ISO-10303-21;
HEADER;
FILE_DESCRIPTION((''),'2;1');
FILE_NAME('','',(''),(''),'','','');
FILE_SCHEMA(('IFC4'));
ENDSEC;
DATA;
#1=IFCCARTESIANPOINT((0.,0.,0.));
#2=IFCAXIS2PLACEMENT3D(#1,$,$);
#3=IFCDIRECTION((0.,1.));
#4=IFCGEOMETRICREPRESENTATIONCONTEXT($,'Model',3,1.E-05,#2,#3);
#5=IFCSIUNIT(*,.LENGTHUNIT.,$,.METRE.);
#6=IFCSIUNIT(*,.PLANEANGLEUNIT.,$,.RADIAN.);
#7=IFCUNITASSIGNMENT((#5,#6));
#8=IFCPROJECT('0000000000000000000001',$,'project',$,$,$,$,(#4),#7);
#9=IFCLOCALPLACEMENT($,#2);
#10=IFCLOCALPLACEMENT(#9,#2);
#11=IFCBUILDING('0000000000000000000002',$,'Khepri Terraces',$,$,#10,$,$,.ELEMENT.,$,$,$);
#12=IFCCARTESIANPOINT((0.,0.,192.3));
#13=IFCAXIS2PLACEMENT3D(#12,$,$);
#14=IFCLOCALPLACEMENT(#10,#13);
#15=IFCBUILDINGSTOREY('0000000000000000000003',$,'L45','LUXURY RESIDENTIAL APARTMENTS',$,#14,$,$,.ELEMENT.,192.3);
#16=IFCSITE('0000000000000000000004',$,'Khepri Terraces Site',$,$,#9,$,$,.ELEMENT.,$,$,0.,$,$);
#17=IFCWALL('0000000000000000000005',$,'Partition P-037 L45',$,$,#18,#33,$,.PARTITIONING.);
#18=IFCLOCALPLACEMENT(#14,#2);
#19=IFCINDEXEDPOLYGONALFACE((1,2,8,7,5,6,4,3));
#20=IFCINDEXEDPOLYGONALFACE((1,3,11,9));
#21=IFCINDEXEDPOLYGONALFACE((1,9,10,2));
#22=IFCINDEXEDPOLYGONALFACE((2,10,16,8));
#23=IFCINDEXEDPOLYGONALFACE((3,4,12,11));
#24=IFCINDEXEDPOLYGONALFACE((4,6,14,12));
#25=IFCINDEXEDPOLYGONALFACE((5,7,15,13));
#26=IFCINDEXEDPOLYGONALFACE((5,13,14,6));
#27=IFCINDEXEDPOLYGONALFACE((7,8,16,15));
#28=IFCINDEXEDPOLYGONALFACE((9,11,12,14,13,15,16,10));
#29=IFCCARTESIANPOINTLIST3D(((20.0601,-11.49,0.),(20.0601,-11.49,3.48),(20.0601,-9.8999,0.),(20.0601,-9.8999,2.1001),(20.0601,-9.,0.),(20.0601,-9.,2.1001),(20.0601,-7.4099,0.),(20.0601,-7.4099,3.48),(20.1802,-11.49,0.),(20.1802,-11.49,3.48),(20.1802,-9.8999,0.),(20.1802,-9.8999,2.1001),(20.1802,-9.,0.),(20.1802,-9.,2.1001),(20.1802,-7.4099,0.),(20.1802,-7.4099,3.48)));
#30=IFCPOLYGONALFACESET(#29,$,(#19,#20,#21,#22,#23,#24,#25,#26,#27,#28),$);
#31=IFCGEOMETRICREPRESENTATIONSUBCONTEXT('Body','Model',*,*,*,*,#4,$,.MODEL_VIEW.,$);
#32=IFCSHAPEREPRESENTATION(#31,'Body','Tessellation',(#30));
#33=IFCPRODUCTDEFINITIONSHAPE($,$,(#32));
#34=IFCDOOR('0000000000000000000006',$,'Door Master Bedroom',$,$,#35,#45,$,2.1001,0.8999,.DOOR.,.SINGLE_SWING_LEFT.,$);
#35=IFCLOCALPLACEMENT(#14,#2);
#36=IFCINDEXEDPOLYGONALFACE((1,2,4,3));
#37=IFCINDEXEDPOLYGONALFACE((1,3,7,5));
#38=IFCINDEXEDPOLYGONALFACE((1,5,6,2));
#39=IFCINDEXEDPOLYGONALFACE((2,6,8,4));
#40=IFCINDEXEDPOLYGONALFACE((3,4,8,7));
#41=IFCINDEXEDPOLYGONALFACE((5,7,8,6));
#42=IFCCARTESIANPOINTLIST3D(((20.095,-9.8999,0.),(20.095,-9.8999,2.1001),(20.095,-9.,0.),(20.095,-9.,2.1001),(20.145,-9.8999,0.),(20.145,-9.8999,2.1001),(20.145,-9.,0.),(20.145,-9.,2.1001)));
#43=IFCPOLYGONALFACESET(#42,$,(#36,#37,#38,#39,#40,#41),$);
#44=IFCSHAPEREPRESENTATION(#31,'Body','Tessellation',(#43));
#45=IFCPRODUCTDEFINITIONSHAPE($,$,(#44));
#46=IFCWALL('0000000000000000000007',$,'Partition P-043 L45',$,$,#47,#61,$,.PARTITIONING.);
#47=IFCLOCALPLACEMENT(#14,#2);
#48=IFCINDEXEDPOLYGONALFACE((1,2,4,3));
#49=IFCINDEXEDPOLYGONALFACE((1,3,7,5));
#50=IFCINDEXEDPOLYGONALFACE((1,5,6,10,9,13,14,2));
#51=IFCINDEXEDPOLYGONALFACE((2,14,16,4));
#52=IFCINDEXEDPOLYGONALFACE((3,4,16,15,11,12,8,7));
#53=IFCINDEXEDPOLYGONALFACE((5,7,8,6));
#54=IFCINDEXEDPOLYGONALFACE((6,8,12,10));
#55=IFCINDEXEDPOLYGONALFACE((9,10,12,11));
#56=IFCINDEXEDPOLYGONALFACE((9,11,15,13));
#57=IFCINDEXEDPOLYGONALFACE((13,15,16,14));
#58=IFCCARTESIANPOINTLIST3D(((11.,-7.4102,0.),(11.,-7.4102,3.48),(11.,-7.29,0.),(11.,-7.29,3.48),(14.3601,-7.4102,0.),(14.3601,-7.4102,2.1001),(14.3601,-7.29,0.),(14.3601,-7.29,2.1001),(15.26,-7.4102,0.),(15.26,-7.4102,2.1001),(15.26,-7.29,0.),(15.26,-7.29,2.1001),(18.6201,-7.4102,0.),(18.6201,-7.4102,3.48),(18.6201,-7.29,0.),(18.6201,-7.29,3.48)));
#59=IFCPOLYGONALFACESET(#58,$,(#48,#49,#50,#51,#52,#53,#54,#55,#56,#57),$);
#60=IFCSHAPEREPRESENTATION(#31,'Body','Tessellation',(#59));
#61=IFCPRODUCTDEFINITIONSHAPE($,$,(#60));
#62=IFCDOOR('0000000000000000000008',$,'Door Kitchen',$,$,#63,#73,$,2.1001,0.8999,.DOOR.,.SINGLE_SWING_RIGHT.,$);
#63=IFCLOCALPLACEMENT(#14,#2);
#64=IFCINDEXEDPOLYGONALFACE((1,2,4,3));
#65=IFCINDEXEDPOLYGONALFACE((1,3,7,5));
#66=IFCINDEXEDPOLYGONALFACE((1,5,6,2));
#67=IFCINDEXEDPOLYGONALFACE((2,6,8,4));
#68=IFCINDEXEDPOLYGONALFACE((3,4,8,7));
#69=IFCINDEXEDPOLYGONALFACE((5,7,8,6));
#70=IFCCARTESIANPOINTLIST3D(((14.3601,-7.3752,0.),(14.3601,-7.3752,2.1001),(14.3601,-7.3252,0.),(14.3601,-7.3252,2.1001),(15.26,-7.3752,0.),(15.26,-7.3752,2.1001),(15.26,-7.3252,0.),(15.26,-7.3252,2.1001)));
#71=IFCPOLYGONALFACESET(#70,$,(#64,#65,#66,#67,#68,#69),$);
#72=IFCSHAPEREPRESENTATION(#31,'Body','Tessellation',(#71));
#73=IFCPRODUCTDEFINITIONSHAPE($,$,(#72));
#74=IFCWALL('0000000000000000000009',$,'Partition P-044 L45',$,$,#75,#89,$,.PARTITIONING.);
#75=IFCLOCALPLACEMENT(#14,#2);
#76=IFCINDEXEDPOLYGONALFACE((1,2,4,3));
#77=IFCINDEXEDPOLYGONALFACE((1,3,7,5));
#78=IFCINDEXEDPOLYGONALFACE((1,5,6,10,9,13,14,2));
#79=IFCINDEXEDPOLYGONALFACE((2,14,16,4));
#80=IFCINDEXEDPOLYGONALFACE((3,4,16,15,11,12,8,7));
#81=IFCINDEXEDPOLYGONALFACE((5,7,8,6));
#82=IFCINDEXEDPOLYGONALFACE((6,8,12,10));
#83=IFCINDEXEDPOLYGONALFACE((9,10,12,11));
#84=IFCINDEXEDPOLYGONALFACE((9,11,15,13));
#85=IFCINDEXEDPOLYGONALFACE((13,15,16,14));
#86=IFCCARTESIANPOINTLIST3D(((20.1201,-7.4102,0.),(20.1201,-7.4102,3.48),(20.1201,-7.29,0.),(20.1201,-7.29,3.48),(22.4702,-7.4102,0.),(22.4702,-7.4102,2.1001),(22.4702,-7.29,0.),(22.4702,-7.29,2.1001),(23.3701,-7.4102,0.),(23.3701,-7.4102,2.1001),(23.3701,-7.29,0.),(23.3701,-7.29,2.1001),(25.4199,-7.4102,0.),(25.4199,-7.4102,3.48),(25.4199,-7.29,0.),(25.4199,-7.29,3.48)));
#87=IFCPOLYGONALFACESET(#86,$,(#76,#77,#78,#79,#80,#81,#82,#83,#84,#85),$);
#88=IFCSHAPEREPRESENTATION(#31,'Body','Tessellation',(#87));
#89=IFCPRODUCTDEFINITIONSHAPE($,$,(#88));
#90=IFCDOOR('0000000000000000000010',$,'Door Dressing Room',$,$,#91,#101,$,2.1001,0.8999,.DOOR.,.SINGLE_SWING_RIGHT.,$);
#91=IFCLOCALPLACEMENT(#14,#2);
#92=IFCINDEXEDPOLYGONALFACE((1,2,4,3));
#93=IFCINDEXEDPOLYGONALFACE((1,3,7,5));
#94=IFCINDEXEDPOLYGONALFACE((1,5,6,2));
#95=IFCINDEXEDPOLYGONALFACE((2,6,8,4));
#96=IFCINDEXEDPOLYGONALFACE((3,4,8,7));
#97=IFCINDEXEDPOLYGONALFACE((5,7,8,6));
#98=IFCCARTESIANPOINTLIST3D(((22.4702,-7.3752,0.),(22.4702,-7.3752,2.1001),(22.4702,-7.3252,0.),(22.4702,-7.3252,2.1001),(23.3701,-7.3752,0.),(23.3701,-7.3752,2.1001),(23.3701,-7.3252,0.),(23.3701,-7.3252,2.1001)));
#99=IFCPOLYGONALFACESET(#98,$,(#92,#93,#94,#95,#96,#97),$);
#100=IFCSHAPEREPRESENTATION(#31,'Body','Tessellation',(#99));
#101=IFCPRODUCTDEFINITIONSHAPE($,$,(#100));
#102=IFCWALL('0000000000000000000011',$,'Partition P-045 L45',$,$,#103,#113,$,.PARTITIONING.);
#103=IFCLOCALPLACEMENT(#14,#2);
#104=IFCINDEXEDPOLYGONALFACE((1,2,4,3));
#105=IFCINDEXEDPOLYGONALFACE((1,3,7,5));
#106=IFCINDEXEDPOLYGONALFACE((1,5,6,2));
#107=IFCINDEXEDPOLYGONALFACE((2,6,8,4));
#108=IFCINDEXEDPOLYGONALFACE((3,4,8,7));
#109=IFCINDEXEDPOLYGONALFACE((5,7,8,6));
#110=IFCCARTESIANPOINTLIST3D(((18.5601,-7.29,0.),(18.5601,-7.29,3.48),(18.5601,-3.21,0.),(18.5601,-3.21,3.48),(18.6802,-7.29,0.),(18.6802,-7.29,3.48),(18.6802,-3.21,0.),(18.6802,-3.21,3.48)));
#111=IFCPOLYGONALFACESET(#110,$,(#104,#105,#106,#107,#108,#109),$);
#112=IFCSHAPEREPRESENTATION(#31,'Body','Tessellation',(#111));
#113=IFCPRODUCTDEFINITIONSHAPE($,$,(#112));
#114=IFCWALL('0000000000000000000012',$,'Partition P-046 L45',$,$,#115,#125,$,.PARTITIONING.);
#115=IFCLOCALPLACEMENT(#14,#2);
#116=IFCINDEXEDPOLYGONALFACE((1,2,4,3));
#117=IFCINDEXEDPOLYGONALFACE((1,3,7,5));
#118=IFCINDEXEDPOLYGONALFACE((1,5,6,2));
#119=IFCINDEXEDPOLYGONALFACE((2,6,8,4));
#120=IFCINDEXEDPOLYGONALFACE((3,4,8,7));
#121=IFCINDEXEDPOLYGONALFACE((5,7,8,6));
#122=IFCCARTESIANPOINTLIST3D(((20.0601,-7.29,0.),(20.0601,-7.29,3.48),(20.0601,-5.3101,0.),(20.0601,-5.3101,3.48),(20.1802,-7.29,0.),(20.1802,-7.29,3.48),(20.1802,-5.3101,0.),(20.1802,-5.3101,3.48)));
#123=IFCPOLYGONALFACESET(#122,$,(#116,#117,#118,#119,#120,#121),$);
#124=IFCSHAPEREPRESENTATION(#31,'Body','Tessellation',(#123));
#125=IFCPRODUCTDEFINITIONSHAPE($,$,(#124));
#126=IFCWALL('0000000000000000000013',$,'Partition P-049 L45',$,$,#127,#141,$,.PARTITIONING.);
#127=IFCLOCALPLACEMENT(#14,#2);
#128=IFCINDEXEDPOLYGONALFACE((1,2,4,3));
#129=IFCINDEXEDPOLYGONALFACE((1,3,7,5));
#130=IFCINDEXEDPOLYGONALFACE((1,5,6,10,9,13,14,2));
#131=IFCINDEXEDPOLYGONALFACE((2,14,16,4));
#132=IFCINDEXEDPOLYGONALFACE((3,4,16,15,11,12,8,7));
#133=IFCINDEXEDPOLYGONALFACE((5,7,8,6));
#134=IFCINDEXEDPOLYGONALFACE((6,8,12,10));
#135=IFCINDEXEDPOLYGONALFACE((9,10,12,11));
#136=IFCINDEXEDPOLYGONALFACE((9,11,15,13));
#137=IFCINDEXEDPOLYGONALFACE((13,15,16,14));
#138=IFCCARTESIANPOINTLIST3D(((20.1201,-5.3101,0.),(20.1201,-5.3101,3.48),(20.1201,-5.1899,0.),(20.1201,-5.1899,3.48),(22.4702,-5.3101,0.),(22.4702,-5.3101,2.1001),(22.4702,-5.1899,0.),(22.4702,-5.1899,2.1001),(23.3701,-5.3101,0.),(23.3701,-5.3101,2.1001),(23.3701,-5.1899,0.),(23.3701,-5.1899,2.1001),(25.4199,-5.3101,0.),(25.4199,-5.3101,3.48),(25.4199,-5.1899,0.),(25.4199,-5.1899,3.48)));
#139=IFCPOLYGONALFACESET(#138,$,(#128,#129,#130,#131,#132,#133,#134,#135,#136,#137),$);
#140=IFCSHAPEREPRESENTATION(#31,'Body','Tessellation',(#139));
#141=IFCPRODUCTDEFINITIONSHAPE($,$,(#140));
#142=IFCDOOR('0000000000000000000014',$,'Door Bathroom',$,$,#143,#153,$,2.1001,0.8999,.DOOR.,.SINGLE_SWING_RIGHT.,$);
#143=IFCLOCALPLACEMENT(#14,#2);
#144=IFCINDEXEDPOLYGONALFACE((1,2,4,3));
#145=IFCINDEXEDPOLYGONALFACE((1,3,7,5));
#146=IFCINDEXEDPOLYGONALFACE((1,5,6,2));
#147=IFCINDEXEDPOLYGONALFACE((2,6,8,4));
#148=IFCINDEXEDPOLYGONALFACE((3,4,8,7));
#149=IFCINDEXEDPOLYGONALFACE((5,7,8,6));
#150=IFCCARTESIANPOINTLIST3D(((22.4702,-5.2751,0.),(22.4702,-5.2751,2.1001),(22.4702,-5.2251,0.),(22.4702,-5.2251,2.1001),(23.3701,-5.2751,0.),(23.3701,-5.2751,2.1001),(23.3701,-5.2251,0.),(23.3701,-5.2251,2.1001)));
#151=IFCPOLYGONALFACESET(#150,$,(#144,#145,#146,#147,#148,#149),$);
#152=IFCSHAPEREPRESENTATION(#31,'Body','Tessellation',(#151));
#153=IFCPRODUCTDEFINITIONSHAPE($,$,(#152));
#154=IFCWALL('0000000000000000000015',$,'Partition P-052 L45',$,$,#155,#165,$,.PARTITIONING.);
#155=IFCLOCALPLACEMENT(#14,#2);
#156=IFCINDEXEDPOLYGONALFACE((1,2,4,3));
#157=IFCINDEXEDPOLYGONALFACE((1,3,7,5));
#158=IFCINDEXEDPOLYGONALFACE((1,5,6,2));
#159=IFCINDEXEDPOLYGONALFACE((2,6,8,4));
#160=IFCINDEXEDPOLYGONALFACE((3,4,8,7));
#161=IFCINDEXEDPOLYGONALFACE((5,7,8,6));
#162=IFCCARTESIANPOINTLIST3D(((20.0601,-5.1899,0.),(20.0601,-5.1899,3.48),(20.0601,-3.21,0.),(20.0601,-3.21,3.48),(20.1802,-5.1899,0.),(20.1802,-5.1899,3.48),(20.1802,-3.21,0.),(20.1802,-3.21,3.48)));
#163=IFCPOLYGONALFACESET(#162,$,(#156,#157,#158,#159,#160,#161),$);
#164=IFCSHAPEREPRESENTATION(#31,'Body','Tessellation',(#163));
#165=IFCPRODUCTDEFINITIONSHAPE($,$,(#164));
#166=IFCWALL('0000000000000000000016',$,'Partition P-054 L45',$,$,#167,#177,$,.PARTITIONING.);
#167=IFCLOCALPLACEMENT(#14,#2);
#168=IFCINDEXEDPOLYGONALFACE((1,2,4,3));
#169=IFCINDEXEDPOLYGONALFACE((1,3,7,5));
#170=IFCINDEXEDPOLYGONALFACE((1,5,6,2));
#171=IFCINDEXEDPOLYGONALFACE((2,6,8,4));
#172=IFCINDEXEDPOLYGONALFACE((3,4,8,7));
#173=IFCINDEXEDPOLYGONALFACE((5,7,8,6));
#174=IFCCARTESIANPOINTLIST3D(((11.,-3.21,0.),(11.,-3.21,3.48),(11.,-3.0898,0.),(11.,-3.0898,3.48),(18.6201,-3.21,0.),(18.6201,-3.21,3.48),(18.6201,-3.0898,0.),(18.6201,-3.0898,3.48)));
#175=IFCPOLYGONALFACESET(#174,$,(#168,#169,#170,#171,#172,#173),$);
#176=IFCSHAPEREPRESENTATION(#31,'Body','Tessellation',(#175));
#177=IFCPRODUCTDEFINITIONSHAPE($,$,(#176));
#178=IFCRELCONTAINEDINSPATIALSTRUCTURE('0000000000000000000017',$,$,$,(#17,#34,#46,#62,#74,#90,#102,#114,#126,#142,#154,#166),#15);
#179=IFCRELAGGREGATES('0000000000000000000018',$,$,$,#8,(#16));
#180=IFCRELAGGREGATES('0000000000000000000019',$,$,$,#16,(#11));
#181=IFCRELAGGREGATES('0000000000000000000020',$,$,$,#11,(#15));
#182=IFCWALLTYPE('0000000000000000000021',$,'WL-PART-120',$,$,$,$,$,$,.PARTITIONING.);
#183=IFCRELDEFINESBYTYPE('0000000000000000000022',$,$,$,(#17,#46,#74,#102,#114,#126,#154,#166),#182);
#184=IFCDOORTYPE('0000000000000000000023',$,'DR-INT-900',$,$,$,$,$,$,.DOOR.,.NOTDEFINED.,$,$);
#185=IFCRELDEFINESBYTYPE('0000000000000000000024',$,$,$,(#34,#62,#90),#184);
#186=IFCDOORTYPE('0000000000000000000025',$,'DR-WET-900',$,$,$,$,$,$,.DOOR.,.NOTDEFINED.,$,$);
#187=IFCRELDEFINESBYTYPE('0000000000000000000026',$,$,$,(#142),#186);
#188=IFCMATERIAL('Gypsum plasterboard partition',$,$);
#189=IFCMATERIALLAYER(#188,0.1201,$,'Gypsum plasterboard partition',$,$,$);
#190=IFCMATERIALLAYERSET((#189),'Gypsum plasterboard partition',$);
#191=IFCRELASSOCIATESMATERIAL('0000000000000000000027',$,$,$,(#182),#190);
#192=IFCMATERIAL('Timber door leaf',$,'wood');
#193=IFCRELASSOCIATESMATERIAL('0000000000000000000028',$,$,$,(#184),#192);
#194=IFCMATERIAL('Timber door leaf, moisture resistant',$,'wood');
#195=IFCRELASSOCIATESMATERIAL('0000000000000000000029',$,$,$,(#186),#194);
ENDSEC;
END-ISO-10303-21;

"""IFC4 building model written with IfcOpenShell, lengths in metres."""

from ifc_helpers import new_model, si_unit, direction, frame, frame_2d, origin, place, context, subcontext, project, spatial, rectangle, extrude, material, layer, layer_set, type_object, element, fill, save


model = new_model("IFC4")

# Units and contexts
model_context = context("Model", 3, precision=1e-05, world=origin(), true_north=direction((0.0, 1.0)))
body_context = subcontext(model_context, "Body", "Model", "MODEL_VIEW")
ifc_project = project(units=[si_unit("LENGTHUNIT", "METRE"), si_unit("PLANEANGLEUNIT", "RADIAN")], contexts=[model_context])

# Site, building, storey
site_placement = place(None, origin())
site = spatial("IfcSite", under=ifc_project, at=site_placement, Name="Khepri Terraces Site", CompositionType="ELEMENT", RefElevation=0.0)
building_placement = place(site_placement, origin())
building = spatial("IfcBuilding", under=site, at=building_placement, Name="Khepri Terraces", CompositionType="ELEMENT")
storey_placement = place(building_placement, frame((0.0, 0.0, 192.3)))
storey = spatial("IfcBuildingStorey", under=building, at=storey_placement, Name="L45", Description="LUXURY RESIDENTIAL APARTMENTS", CompositionType="ELEMENT", Elevation=192.3)

# Shared definitions
ifc_material_1 = material(Name="Gypsum plasterboard partition")
ifc_layer_1 = layer(ifc_material_1, 0.1201, Name="Gypsum plasterboard partition")
ifc_layer_set_1 = layer_set([ifc_layer_1], Name="Gypsum plasterboard partition")
wall_type_1 = type_object("IfcWallType", Name="WL-PART-120", PredefinedType="PARTITIONING", material=ifc_layer_set_1)

# Walls, openings, doors
wall_1_placement = place(storey_placement, frame((20.1201, -11.49, 0.0), z_axis=(0.0, 0.0, 1.0), x_axis=(0.0, 1.0, 0.0)))
wall_1 = element("IfcWall", 1, at=wall_1_placement, inside=storey, type_object=wall_type_1, Name="Partition P-037 L45", PredefinedType="PARTITIONING", context=body_context, shape_type="SweptSolid", body=[
    extrude(rectangle(XDim=4.0801, YDim=0.1201, at=frame_2d((2.04, 0.0))), origin(), (0.0, 0.0, 1.0), 3.48),
])
opening_1_placement = place(wall_1_placement, frame((1.5901, 0.0, 0.0)))
opening_1 = element("IfcOpeningElement", 2, at=opening_1_placement, cuts=wall_1, PredefinedType="OPENING", context=body_context, shape_type="SweptSolid", body=[
    extrude(rectangle(XDim=0.8999, YDim=2.1001, at=frame_2d((0.45, 1.05))), frame((0.0, 0.0701, 0.0), z_axis=(0.0, -1.0, 0.0), x_axis=(1.0, 0.0, 0.0)), (0.0, 0.0, 1.0), 0.1401),
])
ifc_material_2 = material(Name="Timber door leaf", Category="wood")
door_type_1 = type_object("IfcDoorType", Name="DR-INT-900", OperationType="NOTDEFINED", PredefinedType="DOOR", material=ifc_material_2)
door_1_placement = place(opening_1_placement, frame((0.8999, 0.0, 0.0), z_axis=(0.0, 0.0, 1.0), x_axis=(-1.0, 0.0, 0.0)))
door_1 = element("IfcDoor", 3, at=door_1_placement, inside=storey, type_object=door_type_1, Name="Door Master Bedroom", OperationType="SINGLE_SWING_LEFT", OverallHeight=2.1001, OverallWidth=0.8999, PredefinedType="DOOR", context=body_context, shape_type="SweptSolid", body=[
    extrude(rectangle(XDim=0.8999, YDim=2.1001, at=frame_2d((0.45, 1.05))), frame((0.0, 0.0249, 0.0), z_axis=(0.0, -1.0, 0.0), x_axis=(1.0, 0.0, 0.0)), (0.0, 0.0, 1.0), 0.05),
])
fill(opening_1, door_1)
wall_2_placement = place(storey_placement, frame((11.0, -7.3501, 0.0), z_axis=(0.0, 0.0, 1.0), x_axis=(1.0, 0.0, 0.0)))
wall_2 = element("IfcWall", 4, at=wall_2_placement, inside=storey, type_object=wall_type_1, Name="Partition P-043 L45", PredefinedType="PARTITIONING", context=body_context, shape_type="SweptSolid", body=[
    extrude(rectangle(XDim=7.6201, YDim=0.1201, at=frame_2d((3.8101, 0.0))), origin(), (0.0, 0.0, 1.0), 3.48),
])
opening_2_placement = place(wall_2_placement, frame((3.3601, 0.0, 0.0)))
opening_2 = element("IfcOpeningElement", 5, at=opening_2_placement, cuts=wall_2, PredefinedType="OPENING", context=body_context, shape_type="SweptSolid", body=[
    extrude(rectangle(XDim=0.8999, YDim=2.1001, at=frame_2d((0.45, 1.05))), frame((0.0, 0.0701, 0.0), z_axis=(0.0, -1.0, 0.0), x_axis=(1.0, 0.0, 0.0)), (0.0, 0.0, 1.0), 0.1401),
])
door_2_placement = place(opening_2_placement, origin())
door_2 = element("IfcDoor", 6, at=door_2_placement, inside=storey, type_object=door_type_1, Name="Door Kitchen", OperationType="SINGLE_SWING_RIGHT", OverallHeight=2.1001, OverallWidth=0.8999, PredefinedType="DOOR", context=body_context, shape_type="SweptSolid", body=[
    extrude(rectangle(XDim=0.8999, YDim=2.1001, at=frame_2d((0.45, 1.05))), frame((0.0, 0.0249, 0.0), z_axis=(0.0, -1.0, 0.0), x_axis=(1.0, 0.0, 0.0)), (0.0, 0.0, 1.0), 0.05),
])
fill(opening_2, door_2)
wall_3_placement = place(storey_placement, frame((20.1201, -7.3501, 0.0), z_axis=(0.0, 0.0, 1.0), x_axis=(1.0, 0.0, 0.0)))
wall_3 = element("IfcWall", 7, at=wall_3_placement, inside=storey, type_object=wall_type_1, Name="Partition P-044 L45", PredefinedType="PARTITIONING", context=body_context, shape_type="SweptSolid", body=[
    extrude(rectangle(XDim=5.2998, YDim=0.1201, at=frame_2d((2.6499, 0.0))), origin(), (0.0, 0.0, 1.0), 3.48),
])
opening_3_placement = place(wall_3_placement, frame((2.3501, 0.0, 0.0)))
opening_3 = element("IfcOpeningElement", 8, at=opening_3_placement, cuts=wall_3, PredefinedType="OPENING", context=body_context, shape_type="SweptSolid", body=[
    extrude(rectangle(XDim=0.8999, YDim=2.1001, at=frame_2d((0.45, 1.05))), frame((0.0, 0.0701, 0.0), z_axis=(0.0, -1.0, 0.0), x_axis=(1.0, 0.0, 0.0)), (0.0, 0.0, 1.0), 0.1401),
])
door_3_placement = place(opening_3_placement, origin())
door_3 = element("IfcDoor", 9, at=door_3_placement, inside=storey, type_object=door_type_1, Name="Door Dressing Room", OperationType="SINGLE_SWING_RIGHT", OverallHeight=2.1001, OverallWidth=0.8999, PredefinedType="DOOR", context=body_context, shape_type="SweptSolid", body=[
    extrude(rectangle(XDim=0.8999, YDim=2.1001, at=frame_2d((0.45, 1.05))), frame((0.0, 0.0249, 0.0), z_axis=(0.0, -1.0, 0.0), x_axis=(1.0, 0.0, 0.0)), (0.0, 0.0, 1.0), 0.05),
])
fill(opening_3, door_3)

# Walls
wall_4_placement = place(storey_placement, frame((18.6201, -7.29, 0.0), z_axis=(0.0, 0.0, 1.0), x_axis=(0.0, 1.0, 0.0)))
element("IfcWall", 10, at=wall_4_placement, inside=storey, type_object=wall_type_1, Name="Partition P-045 L45", PredefinedType="PARTITIONING", context=body_context, shape_type="SweptSolid", body=[
    extrude(rectangle(XDim=4.0801, YDim=0.1201, at=frame_2d((2.04, 0.0))), origin(), (0.0, 0.0, 1.0), 3.48),
])
wall_5_placement = place(storey_placement, frame((20.1201, -7.29, 0.0), z_axis=(0.0, 0.0, 1.0), x_axis=(0.0, 1.0, 0.0)))
element("IfcWall", 11, at=wall_5_placement, inside=storey, type_object=wall_type_1, Name="Partition P-046 L45", PredefinedType="PARTITIONING", context=body_context, shape_type="SweptSolid", body=[
    extrude(rectangle(XDim=1.98, YDim=0.1201, at=frame_2d((0.99, 0.0))), origin(), (0.0, 0.0, 1.0), 3.48),
])

# Wall, opening, door
wall_6_placement = place(storey_placement, frame((20.1201, -5.25, 0.0), z_axis=(0.0, 0.0, 1.0), x_axis=(1.0, 0.0, 0.0)))
wall_6 = element("IfcWall", 12, at=wall_6_placement, inside=storey, type_object=wall_type_1, Name="Partition P-049 L45", PredefinedType="PARTITIONING", context=body_context, shape_type="SweptSolid", body=[
    extrude(rectangle(XDim=5.2998, YDim=0.1201, at=frame_2d((2.6499, 0.0))), origin(), (0.0, 0.0, 1.0), 3.48),
])
opening_4_placement = place(wall_6_placement, frame((2.3501, 0.0, 0.0)))
opening_4 = element("IfcOpeningElement", 13, at=opening_4_placement, cuts=wall_6, PredefinedType="OPENING", context=body_context, shape_type="SweptSolid", body=[
    extrude(rectangle(XDim=0.8999, YDim=2.1001, at=frame_2d((0.45, 1.05))), frame((0.0, 0.0701, 0.0), z_axis=(0.0, -1.0, 0.0), x_axis=(1.0, 0.0, 0.0)), (0.0, 0.0, 1.0), 0.1401),
])
ifc_material_3 = material(Name="Timber door leaf, moisture resistant", Category="wood")
door_type_2 = type_object("IfcDoorType", Name="DR-WET-900", OperationType="NOTDEFINED", PredefinedType="DOOR", material=ifc_material_3)
door_4_placement = place(opening_4_placement, origin())
door_4 = element("IfcDoor", 14, at=door_4_placement, inside=storey, type_object=door_type_2, Name="Door Bathroom", OperationType="SINGLE_SWING_RIGHT", OverallHeight=2.1001, OverallWidth=0.8999, PredefinedType="DOOR", context=body_context, shape_type="SweptSolid", body=[
    extrude(rectangle(XDim=0.8999, YDim=2.1001, at=frame_2d((0.45, 1.05))), frame((0.0, 0.0249, 0.0), z_axis=(0.0, -1.0, 0.0), x_axis=(1.0, 0.0, 0.0)), (0.0, 0.0, 1.0), 0.05),
])
fill(opening_4, door_4)

# Walls
wall_7_placement = place(storey_placement, frame((20.1201, -5.1899, 0.0), z_axis=(0.0, 0.0, 1.0), x_axis=(0.0, 1.0, 0.0)))
element("IfcWall", 15, at=wall_7_placement, inside=storey, type_object=wall_type_1, Name="Partition P-052 L45", PredefinedType="PARTITIONING", context=body_context, shape_type="SweptSolid", body=[
    extrude(rectangle(XDim=1.98, YDim=0.1201, at=frame_2d((0.99, 0.0))), origin(), (0.0, 0.0, 1.0), 3.48),
])
wall_8_placement = place(storey_placement, frame((11.0, -3.1499, 0.0), z_axis=(0.0, 0.0, 1.0), x_axis=(1.0, 0.0, 0.0)))
element("IfcWall", 16, at=wall_8_placement, inside=storey, type_object=wall_type_1, Name="Partition P-054 L45", PredefinedType="PARTITIONING", context=body_context, shape_type="SweptSolid", body=[
    extrude(rectangle(XDim=7.6201, YDim=0.1201, at=frame_2d((3.8101, 0.0))), origin(), (0.0, 0.0, 1.0), 3.48),
])

save(model, "model.ifc")
